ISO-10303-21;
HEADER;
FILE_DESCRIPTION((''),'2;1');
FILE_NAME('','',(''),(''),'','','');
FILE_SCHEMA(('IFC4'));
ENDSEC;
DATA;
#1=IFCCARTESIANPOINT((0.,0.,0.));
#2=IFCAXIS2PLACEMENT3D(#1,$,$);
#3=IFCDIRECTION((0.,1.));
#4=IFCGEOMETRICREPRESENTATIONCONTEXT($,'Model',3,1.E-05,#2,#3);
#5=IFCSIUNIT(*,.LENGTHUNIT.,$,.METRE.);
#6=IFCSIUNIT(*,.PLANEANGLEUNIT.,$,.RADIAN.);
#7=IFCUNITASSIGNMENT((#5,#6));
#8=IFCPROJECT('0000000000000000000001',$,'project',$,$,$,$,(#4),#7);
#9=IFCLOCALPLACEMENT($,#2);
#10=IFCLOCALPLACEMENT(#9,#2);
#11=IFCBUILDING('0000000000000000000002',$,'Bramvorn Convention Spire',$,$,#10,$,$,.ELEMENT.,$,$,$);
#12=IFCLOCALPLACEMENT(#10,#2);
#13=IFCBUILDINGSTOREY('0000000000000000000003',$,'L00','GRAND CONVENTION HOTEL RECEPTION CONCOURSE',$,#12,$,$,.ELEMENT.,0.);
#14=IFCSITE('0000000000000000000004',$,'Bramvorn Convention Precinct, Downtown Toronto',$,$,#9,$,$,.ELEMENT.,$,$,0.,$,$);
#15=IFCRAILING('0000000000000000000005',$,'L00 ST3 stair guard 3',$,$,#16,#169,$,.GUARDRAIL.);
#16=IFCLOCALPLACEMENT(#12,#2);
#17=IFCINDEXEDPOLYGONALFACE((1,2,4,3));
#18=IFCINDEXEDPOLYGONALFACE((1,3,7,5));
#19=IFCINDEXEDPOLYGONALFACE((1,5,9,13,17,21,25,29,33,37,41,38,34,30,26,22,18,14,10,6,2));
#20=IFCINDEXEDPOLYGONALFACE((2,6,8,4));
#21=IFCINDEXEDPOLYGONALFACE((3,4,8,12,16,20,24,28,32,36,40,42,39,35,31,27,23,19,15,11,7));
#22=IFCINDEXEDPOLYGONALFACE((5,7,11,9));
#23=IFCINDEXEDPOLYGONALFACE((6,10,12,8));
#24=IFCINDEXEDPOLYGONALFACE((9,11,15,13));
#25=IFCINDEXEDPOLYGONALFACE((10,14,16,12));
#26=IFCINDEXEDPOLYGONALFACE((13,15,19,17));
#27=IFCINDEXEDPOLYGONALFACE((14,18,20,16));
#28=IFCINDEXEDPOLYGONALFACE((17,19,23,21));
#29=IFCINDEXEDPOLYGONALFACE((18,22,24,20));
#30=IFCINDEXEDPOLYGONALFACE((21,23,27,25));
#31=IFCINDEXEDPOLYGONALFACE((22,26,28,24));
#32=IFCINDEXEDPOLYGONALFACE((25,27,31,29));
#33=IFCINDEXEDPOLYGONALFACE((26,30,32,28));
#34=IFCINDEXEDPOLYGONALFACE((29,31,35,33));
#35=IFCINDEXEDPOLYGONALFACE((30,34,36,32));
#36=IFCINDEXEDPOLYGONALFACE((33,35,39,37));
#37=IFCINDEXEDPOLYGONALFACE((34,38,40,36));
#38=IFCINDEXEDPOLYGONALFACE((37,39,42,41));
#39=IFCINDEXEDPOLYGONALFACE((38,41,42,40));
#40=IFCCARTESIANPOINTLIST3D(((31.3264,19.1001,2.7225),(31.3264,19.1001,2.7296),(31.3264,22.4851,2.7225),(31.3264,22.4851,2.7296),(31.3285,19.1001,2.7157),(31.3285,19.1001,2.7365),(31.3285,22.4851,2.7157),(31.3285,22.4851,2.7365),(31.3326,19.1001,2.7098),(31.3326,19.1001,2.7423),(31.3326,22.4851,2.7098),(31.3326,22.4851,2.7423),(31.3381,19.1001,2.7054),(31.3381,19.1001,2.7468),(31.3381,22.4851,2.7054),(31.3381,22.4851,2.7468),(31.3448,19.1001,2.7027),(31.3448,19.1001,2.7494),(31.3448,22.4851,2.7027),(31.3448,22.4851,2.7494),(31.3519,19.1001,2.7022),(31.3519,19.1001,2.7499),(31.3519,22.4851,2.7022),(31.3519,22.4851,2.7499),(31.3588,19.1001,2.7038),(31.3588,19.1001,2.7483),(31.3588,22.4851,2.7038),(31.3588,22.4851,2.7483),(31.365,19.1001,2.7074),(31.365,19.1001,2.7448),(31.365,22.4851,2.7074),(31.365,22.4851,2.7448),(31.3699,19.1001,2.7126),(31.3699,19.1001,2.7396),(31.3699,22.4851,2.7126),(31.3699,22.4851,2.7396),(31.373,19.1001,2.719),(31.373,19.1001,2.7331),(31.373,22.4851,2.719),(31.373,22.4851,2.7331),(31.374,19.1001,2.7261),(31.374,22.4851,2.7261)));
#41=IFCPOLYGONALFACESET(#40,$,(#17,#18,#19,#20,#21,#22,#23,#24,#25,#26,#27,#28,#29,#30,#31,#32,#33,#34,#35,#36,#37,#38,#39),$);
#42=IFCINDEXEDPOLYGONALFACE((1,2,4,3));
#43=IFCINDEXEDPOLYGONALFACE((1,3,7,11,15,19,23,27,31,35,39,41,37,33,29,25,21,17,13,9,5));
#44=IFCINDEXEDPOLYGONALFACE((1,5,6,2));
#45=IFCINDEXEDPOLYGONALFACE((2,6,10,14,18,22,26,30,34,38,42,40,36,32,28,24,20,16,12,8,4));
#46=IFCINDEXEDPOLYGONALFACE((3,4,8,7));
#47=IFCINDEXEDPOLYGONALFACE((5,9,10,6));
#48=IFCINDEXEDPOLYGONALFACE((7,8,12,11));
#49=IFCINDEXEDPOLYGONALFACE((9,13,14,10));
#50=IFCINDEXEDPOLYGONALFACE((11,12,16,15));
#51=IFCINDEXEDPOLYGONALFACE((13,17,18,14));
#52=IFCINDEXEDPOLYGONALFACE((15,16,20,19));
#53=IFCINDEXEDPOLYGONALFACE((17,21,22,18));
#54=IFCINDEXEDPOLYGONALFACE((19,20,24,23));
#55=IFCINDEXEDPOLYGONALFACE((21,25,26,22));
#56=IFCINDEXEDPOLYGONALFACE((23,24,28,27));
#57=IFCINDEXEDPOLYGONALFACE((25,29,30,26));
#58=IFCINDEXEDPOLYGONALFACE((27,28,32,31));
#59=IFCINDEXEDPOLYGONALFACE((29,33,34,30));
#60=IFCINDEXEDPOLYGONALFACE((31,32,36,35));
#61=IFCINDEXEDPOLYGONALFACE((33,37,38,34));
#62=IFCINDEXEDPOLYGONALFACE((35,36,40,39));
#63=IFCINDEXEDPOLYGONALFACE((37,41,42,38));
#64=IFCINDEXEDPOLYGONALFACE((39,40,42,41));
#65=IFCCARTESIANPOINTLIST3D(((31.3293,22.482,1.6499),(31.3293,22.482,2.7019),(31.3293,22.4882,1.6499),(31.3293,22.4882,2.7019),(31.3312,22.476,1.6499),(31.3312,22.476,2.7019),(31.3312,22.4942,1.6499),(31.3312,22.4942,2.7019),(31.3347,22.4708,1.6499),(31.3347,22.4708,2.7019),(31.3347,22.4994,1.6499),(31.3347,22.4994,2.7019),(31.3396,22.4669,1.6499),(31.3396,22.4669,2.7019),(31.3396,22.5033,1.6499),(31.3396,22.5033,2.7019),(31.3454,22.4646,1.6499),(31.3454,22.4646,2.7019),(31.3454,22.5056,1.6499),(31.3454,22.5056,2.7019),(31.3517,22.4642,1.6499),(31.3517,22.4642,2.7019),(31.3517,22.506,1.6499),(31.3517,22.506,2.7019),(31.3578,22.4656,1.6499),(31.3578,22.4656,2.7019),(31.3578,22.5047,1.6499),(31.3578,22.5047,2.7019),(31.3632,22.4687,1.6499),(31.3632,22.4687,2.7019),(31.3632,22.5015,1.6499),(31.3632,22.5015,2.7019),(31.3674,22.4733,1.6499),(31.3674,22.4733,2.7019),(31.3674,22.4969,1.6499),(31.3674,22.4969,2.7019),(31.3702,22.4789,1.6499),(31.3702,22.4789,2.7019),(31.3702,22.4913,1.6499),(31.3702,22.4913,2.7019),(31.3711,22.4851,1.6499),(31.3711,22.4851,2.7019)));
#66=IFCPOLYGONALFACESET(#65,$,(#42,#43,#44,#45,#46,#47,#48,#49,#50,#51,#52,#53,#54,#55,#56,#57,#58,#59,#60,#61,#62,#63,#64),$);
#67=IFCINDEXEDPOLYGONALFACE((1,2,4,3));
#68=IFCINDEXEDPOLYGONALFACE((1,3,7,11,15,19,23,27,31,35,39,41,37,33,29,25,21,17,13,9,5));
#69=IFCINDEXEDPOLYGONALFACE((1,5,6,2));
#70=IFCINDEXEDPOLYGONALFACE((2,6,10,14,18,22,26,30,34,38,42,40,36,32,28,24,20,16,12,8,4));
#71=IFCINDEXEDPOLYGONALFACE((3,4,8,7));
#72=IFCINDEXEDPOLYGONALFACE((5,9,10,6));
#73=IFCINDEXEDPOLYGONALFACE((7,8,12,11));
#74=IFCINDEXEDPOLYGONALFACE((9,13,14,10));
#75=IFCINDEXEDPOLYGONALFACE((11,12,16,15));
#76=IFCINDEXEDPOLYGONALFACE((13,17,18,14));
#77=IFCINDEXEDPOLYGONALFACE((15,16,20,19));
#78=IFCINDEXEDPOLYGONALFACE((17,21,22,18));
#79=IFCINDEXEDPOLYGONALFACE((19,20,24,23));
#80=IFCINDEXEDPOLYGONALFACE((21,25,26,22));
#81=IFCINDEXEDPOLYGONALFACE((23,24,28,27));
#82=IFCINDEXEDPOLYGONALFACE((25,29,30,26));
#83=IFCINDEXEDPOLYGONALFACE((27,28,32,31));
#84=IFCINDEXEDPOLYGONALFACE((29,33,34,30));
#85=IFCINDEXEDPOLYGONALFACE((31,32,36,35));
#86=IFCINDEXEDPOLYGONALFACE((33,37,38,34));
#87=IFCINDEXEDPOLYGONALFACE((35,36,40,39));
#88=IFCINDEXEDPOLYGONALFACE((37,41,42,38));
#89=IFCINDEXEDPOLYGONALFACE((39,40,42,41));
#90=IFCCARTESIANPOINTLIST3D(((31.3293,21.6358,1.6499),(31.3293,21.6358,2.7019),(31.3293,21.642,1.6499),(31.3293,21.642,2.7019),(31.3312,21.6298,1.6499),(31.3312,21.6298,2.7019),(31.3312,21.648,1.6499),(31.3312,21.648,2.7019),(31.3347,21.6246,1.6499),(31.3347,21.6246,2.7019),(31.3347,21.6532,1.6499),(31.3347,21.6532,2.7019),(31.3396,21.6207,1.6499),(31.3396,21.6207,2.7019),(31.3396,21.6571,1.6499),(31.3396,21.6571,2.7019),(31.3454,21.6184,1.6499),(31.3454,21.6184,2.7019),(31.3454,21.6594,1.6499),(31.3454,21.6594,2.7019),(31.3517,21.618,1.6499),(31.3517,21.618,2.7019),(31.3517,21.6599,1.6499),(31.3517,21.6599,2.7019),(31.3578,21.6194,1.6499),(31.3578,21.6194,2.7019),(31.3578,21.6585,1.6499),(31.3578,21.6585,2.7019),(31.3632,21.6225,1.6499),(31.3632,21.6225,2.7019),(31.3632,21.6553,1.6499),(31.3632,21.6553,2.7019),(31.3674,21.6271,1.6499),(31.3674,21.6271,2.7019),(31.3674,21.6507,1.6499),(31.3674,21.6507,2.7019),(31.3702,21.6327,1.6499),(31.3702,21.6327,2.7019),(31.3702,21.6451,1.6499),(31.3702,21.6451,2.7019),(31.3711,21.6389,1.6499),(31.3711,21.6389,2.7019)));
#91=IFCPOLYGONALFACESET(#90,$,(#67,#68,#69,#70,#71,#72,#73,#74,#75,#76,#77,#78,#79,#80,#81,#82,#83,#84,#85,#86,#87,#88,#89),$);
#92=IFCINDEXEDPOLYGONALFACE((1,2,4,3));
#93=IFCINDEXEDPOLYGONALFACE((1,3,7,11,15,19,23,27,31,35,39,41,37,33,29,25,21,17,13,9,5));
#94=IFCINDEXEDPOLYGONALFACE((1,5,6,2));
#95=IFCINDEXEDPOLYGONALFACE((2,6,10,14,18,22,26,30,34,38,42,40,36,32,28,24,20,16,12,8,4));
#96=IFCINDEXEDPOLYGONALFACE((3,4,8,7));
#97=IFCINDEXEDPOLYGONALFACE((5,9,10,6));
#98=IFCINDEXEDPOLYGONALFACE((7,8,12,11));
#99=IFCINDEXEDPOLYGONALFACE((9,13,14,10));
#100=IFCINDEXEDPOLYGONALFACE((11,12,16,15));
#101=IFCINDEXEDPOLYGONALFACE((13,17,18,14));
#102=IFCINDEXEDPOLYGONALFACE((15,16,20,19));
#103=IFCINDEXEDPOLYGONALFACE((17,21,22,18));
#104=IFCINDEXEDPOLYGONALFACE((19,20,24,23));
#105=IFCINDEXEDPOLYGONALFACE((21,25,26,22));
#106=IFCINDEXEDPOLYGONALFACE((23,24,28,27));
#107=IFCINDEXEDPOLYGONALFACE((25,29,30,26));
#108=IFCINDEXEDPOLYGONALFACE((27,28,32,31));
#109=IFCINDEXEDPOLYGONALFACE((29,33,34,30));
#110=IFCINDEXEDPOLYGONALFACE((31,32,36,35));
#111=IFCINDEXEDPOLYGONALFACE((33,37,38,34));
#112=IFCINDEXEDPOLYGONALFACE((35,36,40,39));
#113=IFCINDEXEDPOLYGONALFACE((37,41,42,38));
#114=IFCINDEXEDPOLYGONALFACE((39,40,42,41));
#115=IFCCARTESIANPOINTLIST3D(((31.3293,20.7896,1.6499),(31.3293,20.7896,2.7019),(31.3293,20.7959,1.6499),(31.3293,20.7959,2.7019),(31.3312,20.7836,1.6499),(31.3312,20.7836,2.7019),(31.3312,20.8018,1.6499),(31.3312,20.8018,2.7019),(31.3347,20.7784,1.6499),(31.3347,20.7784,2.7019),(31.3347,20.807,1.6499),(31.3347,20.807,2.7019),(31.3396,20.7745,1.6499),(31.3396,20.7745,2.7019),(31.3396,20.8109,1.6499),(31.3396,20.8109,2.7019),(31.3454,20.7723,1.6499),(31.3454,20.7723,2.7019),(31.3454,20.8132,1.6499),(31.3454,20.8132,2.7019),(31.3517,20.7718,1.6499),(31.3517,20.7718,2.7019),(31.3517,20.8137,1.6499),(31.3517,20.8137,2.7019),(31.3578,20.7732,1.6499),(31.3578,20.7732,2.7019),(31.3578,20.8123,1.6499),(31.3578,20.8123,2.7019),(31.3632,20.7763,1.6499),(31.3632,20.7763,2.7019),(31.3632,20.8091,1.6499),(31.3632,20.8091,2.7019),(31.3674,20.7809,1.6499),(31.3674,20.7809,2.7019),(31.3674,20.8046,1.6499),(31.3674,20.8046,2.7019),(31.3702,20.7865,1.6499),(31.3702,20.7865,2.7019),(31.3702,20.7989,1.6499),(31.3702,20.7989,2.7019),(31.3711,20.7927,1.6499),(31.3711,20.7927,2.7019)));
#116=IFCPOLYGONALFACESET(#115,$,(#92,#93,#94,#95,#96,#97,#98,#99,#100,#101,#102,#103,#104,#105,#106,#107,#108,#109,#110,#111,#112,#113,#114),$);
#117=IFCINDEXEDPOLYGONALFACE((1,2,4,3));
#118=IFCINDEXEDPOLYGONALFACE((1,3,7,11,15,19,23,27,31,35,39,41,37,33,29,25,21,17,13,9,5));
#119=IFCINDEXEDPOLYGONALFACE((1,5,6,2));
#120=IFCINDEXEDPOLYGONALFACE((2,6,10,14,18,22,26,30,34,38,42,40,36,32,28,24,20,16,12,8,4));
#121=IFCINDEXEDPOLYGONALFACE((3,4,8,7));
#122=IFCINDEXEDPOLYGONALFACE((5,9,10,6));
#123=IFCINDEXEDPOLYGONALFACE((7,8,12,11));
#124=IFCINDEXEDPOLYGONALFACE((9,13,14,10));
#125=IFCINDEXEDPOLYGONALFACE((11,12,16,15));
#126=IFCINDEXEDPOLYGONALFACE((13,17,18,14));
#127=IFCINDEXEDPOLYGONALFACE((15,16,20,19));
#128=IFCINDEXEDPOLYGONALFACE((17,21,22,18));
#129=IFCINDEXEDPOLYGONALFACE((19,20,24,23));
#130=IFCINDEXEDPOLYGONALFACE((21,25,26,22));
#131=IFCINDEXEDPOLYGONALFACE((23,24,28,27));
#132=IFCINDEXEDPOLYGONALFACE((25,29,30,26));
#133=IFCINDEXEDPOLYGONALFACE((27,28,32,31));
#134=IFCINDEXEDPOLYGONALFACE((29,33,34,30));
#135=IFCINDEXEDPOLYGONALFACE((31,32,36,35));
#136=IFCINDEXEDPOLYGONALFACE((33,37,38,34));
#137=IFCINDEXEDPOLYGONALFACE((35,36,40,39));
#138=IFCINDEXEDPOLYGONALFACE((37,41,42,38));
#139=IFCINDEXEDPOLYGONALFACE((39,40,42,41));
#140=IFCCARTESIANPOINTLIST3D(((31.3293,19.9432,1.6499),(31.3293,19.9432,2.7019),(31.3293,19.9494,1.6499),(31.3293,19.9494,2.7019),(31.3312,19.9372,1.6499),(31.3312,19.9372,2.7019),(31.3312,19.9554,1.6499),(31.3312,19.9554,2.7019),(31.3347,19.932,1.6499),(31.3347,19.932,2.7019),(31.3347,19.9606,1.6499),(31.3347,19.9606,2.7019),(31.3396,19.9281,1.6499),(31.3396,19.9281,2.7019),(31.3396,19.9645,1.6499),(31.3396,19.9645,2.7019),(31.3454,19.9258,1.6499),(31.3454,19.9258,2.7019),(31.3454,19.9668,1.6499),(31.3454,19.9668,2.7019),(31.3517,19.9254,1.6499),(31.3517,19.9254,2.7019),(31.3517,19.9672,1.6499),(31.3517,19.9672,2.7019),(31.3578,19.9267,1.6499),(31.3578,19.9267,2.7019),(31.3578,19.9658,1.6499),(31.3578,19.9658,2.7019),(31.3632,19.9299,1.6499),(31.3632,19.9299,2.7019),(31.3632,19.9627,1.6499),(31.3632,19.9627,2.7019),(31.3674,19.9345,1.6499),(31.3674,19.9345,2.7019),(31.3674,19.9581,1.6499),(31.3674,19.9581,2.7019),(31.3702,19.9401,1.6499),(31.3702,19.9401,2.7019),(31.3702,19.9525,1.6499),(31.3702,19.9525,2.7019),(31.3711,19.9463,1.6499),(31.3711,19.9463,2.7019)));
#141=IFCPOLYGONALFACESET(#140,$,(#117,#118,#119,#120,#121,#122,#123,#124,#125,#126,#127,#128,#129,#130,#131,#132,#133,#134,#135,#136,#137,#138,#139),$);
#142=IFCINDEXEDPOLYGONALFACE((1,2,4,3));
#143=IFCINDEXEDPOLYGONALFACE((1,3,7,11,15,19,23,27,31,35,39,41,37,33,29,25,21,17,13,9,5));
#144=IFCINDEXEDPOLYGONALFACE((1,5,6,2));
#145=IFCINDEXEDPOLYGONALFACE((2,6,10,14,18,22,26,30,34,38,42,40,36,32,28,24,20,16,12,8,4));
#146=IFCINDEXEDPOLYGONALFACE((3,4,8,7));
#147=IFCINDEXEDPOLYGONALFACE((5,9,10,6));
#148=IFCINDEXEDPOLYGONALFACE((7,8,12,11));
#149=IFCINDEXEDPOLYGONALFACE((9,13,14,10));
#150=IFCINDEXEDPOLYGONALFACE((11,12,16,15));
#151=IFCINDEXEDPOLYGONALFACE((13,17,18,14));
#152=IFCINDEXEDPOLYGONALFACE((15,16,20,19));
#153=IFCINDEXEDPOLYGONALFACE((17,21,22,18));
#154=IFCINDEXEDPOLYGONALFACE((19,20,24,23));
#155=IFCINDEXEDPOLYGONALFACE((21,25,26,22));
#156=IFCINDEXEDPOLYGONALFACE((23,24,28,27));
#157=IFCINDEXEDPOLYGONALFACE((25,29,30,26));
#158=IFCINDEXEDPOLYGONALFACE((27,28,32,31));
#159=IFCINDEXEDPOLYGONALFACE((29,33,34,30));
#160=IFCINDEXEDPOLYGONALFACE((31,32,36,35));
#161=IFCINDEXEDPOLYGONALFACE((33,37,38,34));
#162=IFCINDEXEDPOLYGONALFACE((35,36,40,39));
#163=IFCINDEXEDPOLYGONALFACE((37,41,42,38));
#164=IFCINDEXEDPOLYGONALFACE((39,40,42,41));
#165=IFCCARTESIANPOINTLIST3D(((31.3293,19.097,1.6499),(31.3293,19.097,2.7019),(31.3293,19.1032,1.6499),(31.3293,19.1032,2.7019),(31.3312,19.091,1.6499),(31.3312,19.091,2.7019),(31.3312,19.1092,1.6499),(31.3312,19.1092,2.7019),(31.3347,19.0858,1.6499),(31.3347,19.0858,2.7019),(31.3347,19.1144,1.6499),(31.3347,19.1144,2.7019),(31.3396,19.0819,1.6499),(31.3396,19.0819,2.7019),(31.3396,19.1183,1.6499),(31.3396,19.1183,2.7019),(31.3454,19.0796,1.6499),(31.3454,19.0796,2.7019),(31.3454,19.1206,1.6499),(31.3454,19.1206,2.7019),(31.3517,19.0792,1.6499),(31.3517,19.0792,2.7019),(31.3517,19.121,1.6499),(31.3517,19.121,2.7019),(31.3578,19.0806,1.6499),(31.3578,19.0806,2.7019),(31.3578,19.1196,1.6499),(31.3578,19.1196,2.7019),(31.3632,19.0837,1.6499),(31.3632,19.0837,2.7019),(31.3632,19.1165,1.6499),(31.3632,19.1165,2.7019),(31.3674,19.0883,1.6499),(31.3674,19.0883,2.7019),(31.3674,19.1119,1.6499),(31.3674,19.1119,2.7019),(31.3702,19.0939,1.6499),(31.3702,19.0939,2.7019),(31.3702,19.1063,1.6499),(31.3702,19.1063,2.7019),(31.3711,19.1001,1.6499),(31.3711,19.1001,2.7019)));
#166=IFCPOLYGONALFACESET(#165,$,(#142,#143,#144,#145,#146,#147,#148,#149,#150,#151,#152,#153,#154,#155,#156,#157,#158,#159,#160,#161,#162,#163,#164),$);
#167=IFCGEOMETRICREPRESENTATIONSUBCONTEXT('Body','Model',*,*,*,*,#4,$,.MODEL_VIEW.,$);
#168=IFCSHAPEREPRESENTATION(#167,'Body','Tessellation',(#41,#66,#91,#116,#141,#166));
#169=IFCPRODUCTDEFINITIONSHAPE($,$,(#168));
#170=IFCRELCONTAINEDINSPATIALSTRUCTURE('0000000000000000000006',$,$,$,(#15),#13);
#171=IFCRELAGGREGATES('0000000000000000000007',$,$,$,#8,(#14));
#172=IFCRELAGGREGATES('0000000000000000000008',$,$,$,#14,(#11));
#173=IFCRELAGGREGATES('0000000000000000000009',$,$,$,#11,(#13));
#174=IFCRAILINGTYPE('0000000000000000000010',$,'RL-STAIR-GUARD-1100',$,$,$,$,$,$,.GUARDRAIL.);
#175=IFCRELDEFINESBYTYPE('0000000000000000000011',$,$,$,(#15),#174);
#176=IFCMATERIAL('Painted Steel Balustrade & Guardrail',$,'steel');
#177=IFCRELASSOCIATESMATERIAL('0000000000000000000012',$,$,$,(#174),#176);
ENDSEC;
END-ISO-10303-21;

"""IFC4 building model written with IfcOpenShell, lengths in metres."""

from ifc_helpers import new_model, si_unit, direction, frame, origin, origin_2d, place, context, subcontext, project, spatial, circle, extrude, material, type_object, element, save


model = new_model("IFC4")

# Units and contexts
model_context = context("Model", 3, precision=1e-05, world=origin(), true_north=direction((0.0, 1.0)))
body_context = subcontext(model_context, "Body", "Model", "MODEL_VIEW")
ifc_project = project(units=[si_unit("LENGTHUNIT", "METRE"), si_unit("PLANEANGLEUNIT", "RADIAN")], contexts=[model_context])

# Site, building, storey
site_placement = place(None, origin())
site = spatial("IfcSite", under=ifc_project, at=site_placement, Name="Bramvorn Convention Precinct, Downtown Toronto", CompositionType="ELEMENT", RefElevation=0.0)
building_placement = place(site_placement, origin())
building = spatial("IfcBuilding", under=site, at=building_placement, Name="Bramvorn Convention Spire", CompositionType="ELEMENT")
storey_placement = place(building_placement, origin())
storey = spatial("IfcBuildingStorey", under=building, at=storey_placement, Name="L00", Description="GRAND CONVENTION HOTEL RECEPTION CONCOURSE", CompositionType="ELEMENT", Elevation=0.0)

# Railing
ifc_material_1 = material(Name="Painted Steel Balustrade & Guardrail", Category="steel")
railing_type_1 = type_object("IfcRailingType", Name="RL-STAIR-GUARD-1100", PredefinedType="GUARDRAIL", material=ifc_material_1)
railing_1_placement = place(storey_placement, frame((31.3501, 22.4851, 1.6499)))
element("IfcRailing", 1, at=railing_1_placement, inside=storey, type_object=railing_type_1, Name="L00 ST3 stair guard 3", PredefinedType="GUARDRAIL", context=body_context, shape_type="SweptSolid", body=[
    extrude(circle(Radius=0.0239, at=origin_2d()), frame((0.0, 0.0, 1.0762), z_axis=(0.0, -1.0, 0.0), x_axis=(1.0, 0.0, 0.0)), (0.0, 0.0, 1.0), 3.385),
    extrude(circle(Radius=0.021, at=origin_2d()), origin(), (0.0, 0.0, 1.0), 1.052),
    extrude(circle(Radius=0.021, at=origin_2d()), frame((0.0, -0.8462, 0.0)), (0.0, 0.0, 1.0), 1.052),
    extrude(circle(Radius=0.021, at=origin_2d()), frame((0.0, -1.6924, 0.0)), (0.0, 0.0, 1.0), 1.052),
    extrude(circle(Radius=0.021, at=origin_2d()), frame((0.0, -2.5388, 0.0)), (0.0, 0.0, 1.0), 1.052),
    extrude(circle(Radius=0.021, at=origin_2d()), frame((0.0, -3.385, 0.0)), (0.0, 0.0, 1.0), 1.052),
])

save(model, "model.ifc")
